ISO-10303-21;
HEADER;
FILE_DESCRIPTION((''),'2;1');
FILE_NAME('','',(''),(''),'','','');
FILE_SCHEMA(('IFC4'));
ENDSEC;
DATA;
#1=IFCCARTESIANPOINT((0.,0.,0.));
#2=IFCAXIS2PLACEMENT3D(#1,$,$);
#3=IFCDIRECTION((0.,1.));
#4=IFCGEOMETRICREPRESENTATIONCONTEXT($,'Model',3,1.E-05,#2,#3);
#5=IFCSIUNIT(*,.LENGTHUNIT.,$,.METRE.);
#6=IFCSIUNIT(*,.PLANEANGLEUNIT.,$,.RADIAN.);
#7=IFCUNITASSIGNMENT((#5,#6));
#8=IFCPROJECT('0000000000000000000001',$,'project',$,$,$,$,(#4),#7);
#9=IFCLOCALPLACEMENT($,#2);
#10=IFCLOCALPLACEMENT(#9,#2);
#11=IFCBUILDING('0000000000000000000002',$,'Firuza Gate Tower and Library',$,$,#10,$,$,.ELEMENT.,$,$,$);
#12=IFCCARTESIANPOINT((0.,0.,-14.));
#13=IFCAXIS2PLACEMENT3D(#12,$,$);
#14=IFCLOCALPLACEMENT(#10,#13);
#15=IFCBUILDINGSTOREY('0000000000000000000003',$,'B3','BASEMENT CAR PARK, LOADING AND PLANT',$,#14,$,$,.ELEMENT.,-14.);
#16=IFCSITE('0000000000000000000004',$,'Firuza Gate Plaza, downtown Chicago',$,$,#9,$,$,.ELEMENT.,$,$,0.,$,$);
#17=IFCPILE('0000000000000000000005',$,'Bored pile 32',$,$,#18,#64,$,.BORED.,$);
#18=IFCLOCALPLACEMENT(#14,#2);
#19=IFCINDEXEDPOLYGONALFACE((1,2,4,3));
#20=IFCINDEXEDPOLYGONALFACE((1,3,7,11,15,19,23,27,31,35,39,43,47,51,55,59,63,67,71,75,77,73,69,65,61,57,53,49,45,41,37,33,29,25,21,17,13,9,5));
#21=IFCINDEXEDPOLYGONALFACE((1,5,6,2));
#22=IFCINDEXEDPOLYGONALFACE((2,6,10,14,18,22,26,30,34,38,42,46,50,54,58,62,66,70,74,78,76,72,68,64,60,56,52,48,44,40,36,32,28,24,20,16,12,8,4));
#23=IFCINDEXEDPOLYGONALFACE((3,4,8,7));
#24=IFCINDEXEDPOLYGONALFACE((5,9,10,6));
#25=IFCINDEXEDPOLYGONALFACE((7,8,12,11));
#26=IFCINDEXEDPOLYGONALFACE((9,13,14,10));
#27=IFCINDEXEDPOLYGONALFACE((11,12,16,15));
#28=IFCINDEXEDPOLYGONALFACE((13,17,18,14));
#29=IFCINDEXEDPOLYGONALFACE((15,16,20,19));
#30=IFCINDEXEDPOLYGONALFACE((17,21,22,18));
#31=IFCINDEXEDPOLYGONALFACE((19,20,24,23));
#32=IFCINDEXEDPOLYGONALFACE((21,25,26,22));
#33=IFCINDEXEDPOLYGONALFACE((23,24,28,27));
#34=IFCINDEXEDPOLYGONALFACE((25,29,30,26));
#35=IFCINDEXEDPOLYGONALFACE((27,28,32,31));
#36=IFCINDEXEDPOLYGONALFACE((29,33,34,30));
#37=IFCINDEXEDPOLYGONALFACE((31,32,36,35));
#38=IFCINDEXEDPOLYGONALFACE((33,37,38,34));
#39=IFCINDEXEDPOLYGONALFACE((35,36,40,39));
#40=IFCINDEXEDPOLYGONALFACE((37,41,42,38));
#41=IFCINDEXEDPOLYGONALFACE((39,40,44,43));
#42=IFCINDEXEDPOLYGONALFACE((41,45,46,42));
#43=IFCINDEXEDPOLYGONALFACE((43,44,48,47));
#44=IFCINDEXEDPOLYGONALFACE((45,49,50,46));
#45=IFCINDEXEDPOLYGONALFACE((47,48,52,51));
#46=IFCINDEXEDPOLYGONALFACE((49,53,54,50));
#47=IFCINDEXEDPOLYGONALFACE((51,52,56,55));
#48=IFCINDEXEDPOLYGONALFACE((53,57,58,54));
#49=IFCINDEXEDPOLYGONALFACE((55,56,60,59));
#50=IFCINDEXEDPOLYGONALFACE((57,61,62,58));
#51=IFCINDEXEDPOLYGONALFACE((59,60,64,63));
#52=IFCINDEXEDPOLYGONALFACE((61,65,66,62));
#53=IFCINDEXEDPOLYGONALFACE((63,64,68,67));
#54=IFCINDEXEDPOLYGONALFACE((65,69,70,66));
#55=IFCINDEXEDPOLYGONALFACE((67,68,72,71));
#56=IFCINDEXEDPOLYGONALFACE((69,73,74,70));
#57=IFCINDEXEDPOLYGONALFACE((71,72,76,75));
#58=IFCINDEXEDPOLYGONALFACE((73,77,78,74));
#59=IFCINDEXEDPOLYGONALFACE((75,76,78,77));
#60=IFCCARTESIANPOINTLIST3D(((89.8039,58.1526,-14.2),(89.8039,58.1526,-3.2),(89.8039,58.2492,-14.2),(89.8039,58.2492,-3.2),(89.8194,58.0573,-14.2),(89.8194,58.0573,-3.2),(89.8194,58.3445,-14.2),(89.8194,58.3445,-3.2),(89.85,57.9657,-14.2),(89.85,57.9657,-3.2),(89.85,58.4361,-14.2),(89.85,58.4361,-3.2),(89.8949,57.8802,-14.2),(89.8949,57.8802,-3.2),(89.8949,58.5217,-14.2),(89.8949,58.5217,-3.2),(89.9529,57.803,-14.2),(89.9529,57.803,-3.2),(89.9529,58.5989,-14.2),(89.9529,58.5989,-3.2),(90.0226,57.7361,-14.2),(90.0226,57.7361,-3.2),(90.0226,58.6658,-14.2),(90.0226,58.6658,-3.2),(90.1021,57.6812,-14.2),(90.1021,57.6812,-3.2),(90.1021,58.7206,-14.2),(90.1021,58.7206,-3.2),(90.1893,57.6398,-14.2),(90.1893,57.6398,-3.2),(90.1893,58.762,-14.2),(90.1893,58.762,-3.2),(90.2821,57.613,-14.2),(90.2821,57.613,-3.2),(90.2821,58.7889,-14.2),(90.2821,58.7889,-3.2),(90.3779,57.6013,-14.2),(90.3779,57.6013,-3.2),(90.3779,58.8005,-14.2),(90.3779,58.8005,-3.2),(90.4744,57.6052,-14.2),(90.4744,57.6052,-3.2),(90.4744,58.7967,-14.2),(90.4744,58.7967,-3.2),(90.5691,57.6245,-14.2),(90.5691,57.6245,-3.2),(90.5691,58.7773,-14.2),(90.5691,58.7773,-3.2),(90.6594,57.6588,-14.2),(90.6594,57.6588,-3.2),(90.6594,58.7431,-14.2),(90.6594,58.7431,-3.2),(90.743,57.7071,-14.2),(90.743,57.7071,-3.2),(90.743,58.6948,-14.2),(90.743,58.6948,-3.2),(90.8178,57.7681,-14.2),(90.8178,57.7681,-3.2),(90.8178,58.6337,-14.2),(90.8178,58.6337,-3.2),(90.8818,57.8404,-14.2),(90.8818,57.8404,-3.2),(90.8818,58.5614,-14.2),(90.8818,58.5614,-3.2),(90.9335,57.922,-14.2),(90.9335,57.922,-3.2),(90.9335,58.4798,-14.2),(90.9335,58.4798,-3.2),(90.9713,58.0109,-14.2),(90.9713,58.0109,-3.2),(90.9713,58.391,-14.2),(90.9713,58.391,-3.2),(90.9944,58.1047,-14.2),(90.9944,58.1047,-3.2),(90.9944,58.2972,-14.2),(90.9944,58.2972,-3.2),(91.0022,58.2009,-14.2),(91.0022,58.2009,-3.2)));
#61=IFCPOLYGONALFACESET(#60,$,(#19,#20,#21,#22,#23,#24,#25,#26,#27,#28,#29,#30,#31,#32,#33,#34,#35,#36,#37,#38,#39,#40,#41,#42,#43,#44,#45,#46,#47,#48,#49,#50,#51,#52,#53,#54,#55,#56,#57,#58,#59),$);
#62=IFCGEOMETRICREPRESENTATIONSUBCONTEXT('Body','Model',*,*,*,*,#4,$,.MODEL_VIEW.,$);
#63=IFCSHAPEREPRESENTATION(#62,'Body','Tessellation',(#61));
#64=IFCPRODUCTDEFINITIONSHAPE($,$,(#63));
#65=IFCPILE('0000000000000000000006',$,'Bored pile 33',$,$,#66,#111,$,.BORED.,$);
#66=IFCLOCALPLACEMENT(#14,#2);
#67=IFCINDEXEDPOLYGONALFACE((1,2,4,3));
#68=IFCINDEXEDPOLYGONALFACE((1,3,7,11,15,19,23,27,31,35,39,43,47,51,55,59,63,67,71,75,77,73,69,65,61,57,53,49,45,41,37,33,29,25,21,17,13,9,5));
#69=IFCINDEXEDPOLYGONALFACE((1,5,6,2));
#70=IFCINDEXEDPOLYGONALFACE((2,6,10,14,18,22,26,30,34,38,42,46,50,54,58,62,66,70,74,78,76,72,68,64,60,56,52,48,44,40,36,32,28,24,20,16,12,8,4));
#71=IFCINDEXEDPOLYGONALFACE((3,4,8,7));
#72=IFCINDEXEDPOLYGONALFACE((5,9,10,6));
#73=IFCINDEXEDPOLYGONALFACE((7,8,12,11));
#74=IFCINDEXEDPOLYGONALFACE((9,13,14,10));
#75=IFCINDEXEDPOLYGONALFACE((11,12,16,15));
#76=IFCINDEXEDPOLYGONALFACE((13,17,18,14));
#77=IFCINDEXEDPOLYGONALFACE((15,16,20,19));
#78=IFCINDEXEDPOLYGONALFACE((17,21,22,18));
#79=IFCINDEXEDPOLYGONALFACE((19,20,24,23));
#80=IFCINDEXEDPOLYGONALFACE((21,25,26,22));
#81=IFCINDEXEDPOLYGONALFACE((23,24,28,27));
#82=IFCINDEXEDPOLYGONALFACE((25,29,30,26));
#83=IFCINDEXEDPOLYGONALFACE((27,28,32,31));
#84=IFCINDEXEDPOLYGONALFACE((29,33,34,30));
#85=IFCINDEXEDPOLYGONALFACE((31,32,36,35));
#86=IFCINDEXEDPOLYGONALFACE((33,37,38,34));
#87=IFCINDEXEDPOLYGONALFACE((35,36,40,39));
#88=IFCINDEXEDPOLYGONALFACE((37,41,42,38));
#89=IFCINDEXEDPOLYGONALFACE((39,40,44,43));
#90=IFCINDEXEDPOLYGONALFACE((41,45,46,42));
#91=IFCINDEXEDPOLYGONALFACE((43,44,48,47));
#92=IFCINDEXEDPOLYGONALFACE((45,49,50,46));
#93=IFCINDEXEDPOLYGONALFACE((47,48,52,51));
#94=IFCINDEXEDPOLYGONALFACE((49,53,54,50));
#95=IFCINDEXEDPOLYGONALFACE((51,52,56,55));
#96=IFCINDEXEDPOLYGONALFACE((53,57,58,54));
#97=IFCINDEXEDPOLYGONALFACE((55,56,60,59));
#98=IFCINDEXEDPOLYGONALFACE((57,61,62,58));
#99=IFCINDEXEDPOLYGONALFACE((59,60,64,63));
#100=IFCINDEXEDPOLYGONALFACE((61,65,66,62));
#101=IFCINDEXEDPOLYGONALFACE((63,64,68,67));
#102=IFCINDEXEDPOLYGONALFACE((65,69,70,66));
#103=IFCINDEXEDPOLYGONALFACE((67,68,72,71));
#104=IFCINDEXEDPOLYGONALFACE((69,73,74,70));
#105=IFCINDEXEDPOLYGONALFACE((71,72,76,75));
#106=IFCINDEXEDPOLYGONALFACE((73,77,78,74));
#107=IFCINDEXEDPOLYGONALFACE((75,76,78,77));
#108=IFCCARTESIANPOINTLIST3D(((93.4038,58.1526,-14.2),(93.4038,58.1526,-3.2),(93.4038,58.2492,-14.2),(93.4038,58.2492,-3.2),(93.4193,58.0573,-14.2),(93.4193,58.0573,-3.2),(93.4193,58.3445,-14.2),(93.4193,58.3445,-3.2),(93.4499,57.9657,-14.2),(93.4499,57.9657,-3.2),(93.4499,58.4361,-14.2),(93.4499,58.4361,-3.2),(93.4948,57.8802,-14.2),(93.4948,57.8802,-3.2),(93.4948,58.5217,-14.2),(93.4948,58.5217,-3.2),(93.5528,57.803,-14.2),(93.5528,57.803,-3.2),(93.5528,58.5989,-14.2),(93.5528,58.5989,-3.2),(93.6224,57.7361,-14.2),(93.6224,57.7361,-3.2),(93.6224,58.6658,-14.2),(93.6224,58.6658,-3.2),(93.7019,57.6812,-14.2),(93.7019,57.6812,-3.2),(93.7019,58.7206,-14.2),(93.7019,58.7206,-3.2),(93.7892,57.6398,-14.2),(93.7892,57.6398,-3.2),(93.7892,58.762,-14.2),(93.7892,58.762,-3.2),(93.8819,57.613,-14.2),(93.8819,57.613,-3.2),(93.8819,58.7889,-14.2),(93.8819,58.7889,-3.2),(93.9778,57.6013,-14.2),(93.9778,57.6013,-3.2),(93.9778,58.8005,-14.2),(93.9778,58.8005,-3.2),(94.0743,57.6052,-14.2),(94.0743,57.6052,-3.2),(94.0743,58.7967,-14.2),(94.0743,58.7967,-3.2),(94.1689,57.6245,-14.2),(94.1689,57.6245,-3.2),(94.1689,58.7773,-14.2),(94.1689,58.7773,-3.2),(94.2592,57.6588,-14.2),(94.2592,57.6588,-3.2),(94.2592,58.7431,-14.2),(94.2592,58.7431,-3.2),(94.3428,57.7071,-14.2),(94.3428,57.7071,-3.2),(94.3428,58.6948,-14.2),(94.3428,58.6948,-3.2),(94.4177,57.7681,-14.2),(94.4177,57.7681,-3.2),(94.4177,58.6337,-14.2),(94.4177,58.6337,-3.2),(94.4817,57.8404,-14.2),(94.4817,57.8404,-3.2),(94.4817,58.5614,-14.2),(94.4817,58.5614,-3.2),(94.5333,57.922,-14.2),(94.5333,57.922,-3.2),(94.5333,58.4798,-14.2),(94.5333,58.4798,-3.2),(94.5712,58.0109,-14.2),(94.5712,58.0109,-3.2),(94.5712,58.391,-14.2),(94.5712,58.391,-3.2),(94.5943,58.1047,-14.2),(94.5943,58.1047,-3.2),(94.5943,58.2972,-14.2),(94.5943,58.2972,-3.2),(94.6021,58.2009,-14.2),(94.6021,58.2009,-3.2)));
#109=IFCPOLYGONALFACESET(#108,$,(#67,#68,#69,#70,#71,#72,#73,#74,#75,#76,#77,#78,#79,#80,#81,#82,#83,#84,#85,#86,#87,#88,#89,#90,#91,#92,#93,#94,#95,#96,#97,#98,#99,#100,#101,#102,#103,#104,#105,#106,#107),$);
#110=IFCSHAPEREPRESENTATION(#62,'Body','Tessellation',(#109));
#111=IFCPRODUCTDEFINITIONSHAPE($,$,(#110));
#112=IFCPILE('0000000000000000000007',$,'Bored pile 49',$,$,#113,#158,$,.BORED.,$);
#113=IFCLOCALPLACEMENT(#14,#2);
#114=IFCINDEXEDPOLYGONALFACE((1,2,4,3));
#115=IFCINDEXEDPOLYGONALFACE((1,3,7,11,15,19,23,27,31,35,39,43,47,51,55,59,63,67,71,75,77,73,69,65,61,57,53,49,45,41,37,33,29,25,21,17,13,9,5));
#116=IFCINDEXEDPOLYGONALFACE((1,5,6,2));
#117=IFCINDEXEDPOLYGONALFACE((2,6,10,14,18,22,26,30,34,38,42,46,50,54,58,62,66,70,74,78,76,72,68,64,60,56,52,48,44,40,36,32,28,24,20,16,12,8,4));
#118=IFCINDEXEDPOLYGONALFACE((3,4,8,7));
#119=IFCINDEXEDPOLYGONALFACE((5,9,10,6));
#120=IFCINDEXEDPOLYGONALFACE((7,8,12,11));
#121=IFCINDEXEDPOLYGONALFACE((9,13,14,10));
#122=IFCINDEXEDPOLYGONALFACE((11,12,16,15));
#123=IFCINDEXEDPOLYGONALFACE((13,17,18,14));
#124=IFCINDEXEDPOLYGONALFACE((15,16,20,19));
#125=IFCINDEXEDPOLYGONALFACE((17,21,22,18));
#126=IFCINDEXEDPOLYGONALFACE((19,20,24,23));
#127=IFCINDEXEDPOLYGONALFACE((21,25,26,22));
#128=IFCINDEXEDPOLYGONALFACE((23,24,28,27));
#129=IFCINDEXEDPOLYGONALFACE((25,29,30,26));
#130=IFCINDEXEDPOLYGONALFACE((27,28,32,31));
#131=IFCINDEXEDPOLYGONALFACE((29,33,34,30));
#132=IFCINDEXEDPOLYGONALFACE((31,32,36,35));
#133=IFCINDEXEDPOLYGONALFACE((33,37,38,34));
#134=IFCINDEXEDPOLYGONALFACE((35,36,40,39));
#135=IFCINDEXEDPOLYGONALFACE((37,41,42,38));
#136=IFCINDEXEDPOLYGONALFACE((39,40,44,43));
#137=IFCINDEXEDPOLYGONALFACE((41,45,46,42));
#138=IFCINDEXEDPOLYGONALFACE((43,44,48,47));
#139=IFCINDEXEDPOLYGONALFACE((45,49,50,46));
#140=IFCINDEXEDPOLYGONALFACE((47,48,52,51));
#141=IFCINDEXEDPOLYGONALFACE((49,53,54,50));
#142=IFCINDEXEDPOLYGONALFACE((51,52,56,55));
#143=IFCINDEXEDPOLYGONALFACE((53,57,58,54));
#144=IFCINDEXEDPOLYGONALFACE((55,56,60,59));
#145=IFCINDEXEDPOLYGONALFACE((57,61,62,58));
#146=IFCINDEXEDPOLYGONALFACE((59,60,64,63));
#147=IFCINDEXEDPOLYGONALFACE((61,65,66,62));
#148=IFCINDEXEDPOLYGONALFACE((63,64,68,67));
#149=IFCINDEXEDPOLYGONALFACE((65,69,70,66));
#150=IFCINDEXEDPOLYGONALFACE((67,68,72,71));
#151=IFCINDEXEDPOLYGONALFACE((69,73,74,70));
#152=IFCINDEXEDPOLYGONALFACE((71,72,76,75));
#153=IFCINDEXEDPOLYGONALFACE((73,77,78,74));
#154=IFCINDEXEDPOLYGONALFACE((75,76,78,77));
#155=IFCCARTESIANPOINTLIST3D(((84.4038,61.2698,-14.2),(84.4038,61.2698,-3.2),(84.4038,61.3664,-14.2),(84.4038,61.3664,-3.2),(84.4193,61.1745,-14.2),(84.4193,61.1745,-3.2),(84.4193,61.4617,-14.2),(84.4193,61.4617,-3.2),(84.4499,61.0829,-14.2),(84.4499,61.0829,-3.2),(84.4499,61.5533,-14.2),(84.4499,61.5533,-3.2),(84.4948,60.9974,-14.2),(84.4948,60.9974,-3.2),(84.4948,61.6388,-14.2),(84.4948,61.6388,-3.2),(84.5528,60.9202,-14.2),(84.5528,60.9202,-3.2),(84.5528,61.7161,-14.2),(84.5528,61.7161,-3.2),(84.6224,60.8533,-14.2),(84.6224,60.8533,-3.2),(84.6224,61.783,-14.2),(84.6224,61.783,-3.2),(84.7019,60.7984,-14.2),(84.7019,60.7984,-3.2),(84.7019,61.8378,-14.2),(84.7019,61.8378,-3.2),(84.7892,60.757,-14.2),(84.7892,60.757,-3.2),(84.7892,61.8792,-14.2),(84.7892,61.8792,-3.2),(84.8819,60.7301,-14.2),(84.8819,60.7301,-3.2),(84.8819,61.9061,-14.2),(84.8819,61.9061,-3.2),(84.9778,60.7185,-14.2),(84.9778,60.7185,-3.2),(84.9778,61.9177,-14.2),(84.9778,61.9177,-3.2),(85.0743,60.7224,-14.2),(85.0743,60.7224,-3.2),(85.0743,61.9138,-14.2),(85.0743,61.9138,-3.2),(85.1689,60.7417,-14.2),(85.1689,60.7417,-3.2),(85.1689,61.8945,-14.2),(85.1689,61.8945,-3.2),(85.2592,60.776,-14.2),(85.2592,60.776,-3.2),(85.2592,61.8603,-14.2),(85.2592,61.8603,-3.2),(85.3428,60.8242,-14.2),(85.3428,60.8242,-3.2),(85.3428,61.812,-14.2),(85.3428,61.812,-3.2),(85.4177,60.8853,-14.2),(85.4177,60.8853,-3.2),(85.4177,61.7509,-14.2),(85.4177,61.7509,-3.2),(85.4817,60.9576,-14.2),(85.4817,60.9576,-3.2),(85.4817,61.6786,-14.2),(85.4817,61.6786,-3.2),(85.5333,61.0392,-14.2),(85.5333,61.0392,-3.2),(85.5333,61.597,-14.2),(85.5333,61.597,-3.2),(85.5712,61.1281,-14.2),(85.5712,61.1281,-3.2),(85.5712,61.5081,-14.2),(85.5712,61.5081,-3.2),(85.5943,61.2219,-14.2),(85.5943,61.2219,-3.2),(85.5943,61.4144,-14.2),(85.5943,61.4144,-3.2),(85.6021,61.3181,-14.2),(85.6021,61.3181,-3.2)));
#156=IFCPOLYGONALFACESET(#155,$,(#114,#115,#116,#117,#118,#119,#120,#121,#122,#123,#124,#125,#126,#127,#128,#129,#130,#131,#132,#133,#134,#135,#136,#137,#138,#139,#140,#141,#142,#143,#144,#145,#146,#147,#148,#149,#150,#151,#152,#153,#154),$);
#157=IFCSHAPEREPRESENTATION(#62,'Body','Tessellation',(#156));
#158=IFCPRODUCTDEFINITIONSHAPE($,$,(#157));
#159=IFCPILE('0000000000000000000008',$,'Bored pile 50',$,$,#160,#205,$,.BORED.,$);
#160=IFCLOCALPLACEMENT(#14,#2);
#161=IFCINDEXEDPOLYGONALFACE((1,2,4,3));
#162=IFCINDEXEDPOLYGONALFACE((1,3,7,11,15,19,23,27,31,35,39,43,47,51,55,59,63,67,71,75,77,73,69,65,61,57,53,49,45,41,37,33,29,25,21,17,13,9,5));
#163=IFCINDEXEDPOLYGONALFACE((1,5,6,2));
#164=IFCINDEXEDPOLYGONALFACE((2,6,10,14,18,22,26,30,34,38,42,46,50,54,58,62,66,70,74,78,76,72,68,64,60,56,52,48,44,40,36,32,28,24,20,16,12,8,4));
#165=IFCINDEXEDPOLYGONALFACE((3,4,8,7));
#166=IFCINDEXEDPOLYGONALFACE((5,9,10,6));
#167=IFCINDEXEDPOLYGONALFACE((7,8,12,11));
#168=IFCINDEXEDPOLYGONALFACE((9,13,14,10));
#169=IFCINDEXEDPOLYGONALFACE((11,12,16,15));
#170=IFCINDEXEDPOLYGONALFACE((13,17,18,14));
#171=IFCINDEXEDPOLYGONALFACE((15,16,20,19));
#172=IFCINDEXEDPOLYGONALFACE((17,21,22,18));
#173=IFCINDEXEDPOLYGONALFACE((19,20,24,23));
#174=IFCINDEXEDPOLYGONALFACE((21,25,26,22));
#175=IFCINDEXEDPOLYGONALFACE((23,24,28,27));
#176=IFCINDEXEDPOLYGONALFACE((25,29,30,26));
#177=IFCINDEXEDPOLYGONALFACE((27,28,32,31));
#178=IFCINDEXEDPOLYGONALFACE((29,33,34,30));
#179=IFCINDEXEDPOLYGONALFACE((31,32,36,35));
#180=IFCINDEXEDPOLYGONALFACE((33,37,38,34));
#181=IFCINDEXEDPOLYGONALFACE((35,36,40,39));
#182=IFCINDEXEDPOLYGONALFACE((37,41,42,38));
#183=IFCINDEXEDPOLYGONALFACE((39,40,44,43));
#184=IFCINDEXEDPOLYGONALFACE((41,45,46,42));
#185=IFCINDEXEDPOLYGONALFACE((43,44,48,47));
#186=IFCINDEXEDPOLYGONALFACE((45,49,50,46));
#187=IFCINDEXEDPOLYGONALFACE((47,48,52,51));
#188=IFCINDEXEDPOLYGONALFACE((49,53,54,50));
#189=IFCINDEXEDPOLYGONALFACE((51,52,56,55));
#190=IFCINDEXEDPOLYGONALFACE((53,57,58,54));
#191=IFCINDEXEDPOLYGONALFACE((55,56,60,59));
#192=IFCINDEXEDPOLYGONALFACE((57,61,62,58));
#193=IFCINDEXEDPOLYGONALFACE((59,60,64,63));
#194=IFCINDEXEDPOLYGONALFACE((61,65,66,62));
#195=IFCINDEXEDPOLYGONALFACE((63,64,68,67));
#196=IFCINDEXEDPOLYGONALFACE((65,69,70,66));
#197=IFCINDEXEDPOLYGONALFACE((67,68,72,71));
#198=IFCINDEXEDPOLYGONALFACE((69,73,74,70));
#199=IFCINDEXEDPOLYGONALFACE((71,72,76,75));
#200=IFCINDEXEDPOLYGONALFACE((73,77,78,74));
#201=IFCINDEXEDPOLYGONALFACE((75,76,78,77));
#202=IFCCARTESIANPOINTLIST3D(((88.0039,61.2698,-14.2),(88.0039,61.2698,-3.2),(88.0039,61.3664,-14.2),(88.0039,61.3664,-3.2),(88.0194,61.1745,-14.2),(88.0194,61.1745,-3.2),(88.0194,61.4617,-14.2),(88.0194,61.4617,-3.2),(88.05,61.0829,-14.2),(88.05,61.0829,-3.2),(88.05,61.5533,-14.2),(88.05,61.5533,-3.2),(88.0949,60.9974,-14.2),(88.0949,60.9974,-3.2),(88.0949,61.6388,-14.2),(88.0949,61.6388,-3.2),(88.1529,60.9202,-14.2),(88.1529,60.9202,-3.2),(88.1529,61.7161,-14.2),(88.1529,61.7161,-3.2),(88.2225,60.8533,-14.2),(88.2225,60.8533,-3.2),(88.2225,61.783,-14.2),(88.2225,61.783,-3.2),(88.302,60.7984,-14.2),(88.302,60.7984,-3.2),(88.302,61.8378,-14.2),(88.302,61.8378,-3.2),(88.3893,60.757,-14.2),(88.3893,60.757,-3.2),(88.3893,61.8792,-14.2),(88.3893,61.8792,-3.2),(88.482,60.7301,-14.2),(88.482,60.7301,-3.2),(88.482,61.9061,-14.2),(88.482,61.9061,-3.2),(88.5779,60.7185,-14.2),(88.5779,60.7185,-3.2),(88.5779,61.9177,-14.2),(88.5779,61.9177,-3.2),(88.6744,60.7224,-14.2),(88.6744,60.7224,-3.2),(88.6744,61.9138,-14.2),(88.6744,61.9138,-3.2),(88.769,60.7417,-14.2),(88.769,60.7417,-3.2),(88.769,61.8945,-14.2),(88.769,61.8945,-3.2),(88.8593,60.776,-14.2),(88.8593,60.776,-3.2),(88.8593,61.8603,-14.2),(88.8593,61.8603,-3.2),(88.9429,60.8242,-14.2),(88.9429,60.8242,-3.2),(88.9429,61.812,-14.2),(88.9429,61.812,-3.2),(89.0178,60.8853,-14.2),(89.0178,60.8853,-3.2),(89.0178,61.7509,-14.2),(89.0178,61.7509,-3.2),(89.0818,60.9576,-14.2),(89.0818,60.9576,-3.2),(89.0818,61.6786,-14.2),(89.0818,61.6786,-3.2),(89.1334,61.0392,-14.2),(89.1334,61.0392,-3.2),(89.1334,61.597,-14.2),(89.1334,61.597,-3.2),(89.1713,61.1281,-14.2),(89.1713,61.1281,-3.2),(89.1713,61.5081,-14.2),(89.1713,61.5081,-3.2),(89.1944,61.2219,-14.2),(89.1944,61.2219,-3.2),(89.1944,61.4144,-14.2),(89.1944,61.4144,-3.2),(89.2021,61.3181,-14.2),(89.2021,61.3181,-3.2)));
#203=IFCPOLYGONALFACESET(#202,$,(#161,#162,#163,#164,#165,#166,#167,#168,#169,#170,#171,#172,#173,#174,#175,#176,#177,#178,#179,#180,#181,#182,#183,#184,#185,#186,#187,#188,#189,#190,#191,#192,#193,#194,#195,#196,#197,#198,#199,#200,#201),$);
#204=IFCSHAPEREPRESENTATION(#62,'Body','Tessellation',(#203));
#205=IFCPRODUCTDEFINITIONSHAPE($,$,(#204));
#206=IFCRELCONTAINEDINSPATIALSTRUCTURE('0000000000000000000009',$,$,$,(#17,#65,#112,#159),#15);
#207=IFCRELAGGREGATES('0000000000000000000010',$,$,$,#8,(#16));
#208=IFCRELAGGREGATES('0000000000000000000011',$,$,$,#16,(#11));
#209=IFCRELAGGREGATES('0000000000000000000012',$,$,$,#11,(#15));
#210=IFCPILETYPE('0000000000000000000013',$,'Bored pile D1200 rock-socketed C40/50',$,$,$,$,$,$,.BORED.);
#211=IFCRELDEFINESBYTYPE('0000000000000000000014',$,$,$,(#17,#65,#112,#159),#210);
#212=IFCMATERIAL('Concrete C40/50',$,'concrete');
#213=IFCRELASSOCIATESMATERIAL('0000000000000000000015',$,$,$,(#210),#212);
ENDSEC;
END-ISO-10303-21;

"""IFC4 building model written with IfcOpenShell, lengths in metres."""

from ifc_helpers import new_model, si_unit, direction, frame, origin, origin_2d, place, context, subcontext, project, spatial, circle, extrude, material, material_profile, profile_set, type_object, element, save


model = new_model("IFC4")

# Units and contexts
model_context = context("Model", 3, precision=1e-05, world=origin(), true_north=direction((0.0, 1.0)))
body_context = subcontext(model_context, "Body", "Model", "MODEL_VIEW")
ifc_project = project(units=[si_unit("LENGTHUNIT", "METRE"), si_unit("PLANEANGLEUNIT", "RADIAN")], contexts=[model_context])

# Site, building, storey
site_placement = place(None, origin())
site = spatial("IfcSite", under=ifc_project, at=site_placement, Name="Firuza Gate Plaza, downtown Chicago", CompositionType="ELEMENT", RefElevation=0.0)
building_placement = place(site_placement, origin())
building = spatial("IfcBuilding", under=site, at=building_placement, Name="Firuza Gate Tower and Library", CompositionType="ELEMENT")
storey_placement = place(building_placement, frame((0.0, 0.0, -14.0)))
storey = spatial("IfcBuildingStorey", under=building, at=storey_placement, Name="B3", Description="BASEMENT CAR PARK, LOADING AND PLANT", CompositionType="ELEMENT", Elevation=-14.0)

# Piles
ifc_material_1 = material(Name="Concrete C40/50", Category="concrete")
ifc_material_profile_1 = material_profile(ifc_material_1, circle(Radius=0.6001, at=origin_2d()))
ifc_profile_set_1 = profile_set([ifc_material_profile_1], Name="Concrete C40/50")
pile_type = type_object("IfcPileType", Name="Bored pile D1200 rock-socketed C40/50", PredefinedType="BORED", material=ifc_profile_set_1)
for number, where, z_axis, x_axis, name in (
    (1, (90.4021, 58.2009, -3.2), (0.0, 0.0, -1.0), (1.0, 0.0, 0.0), "Bored pile 32"),
    (2, (94.002, 58.2009, -3.2), (0.0, 0.0, -1.0), (1.0, 0.0, 0.0), "Bored pile 33"),
    (3, (85.002, 61.3181, -3.2), (0.0, 0.0, -1.0), (1.0, 0.0, 0.0), "Bored pile 49"),
    (4, (88.6021, 61.3181, -3.2), (0.0, 0.0, -1.0), (1.0, 0.0, 0.0), "Bored pile 50"),
):
    element("IfcPile", number, at=place(storey_placement, frame(where, z_axis=z_axis, x_axis=x_axis)), inside=storey, type_object=pile_type, Name=name, PredefinedType="BORED", context=body_context, shape_type="SweptSolid", body=[
        extrude(circle(Radius=0.6001, at=origin_2d()), origin(), (0.0, 0.0, 1.0), 11.0),
    ])

save(model, "model.ifc")
